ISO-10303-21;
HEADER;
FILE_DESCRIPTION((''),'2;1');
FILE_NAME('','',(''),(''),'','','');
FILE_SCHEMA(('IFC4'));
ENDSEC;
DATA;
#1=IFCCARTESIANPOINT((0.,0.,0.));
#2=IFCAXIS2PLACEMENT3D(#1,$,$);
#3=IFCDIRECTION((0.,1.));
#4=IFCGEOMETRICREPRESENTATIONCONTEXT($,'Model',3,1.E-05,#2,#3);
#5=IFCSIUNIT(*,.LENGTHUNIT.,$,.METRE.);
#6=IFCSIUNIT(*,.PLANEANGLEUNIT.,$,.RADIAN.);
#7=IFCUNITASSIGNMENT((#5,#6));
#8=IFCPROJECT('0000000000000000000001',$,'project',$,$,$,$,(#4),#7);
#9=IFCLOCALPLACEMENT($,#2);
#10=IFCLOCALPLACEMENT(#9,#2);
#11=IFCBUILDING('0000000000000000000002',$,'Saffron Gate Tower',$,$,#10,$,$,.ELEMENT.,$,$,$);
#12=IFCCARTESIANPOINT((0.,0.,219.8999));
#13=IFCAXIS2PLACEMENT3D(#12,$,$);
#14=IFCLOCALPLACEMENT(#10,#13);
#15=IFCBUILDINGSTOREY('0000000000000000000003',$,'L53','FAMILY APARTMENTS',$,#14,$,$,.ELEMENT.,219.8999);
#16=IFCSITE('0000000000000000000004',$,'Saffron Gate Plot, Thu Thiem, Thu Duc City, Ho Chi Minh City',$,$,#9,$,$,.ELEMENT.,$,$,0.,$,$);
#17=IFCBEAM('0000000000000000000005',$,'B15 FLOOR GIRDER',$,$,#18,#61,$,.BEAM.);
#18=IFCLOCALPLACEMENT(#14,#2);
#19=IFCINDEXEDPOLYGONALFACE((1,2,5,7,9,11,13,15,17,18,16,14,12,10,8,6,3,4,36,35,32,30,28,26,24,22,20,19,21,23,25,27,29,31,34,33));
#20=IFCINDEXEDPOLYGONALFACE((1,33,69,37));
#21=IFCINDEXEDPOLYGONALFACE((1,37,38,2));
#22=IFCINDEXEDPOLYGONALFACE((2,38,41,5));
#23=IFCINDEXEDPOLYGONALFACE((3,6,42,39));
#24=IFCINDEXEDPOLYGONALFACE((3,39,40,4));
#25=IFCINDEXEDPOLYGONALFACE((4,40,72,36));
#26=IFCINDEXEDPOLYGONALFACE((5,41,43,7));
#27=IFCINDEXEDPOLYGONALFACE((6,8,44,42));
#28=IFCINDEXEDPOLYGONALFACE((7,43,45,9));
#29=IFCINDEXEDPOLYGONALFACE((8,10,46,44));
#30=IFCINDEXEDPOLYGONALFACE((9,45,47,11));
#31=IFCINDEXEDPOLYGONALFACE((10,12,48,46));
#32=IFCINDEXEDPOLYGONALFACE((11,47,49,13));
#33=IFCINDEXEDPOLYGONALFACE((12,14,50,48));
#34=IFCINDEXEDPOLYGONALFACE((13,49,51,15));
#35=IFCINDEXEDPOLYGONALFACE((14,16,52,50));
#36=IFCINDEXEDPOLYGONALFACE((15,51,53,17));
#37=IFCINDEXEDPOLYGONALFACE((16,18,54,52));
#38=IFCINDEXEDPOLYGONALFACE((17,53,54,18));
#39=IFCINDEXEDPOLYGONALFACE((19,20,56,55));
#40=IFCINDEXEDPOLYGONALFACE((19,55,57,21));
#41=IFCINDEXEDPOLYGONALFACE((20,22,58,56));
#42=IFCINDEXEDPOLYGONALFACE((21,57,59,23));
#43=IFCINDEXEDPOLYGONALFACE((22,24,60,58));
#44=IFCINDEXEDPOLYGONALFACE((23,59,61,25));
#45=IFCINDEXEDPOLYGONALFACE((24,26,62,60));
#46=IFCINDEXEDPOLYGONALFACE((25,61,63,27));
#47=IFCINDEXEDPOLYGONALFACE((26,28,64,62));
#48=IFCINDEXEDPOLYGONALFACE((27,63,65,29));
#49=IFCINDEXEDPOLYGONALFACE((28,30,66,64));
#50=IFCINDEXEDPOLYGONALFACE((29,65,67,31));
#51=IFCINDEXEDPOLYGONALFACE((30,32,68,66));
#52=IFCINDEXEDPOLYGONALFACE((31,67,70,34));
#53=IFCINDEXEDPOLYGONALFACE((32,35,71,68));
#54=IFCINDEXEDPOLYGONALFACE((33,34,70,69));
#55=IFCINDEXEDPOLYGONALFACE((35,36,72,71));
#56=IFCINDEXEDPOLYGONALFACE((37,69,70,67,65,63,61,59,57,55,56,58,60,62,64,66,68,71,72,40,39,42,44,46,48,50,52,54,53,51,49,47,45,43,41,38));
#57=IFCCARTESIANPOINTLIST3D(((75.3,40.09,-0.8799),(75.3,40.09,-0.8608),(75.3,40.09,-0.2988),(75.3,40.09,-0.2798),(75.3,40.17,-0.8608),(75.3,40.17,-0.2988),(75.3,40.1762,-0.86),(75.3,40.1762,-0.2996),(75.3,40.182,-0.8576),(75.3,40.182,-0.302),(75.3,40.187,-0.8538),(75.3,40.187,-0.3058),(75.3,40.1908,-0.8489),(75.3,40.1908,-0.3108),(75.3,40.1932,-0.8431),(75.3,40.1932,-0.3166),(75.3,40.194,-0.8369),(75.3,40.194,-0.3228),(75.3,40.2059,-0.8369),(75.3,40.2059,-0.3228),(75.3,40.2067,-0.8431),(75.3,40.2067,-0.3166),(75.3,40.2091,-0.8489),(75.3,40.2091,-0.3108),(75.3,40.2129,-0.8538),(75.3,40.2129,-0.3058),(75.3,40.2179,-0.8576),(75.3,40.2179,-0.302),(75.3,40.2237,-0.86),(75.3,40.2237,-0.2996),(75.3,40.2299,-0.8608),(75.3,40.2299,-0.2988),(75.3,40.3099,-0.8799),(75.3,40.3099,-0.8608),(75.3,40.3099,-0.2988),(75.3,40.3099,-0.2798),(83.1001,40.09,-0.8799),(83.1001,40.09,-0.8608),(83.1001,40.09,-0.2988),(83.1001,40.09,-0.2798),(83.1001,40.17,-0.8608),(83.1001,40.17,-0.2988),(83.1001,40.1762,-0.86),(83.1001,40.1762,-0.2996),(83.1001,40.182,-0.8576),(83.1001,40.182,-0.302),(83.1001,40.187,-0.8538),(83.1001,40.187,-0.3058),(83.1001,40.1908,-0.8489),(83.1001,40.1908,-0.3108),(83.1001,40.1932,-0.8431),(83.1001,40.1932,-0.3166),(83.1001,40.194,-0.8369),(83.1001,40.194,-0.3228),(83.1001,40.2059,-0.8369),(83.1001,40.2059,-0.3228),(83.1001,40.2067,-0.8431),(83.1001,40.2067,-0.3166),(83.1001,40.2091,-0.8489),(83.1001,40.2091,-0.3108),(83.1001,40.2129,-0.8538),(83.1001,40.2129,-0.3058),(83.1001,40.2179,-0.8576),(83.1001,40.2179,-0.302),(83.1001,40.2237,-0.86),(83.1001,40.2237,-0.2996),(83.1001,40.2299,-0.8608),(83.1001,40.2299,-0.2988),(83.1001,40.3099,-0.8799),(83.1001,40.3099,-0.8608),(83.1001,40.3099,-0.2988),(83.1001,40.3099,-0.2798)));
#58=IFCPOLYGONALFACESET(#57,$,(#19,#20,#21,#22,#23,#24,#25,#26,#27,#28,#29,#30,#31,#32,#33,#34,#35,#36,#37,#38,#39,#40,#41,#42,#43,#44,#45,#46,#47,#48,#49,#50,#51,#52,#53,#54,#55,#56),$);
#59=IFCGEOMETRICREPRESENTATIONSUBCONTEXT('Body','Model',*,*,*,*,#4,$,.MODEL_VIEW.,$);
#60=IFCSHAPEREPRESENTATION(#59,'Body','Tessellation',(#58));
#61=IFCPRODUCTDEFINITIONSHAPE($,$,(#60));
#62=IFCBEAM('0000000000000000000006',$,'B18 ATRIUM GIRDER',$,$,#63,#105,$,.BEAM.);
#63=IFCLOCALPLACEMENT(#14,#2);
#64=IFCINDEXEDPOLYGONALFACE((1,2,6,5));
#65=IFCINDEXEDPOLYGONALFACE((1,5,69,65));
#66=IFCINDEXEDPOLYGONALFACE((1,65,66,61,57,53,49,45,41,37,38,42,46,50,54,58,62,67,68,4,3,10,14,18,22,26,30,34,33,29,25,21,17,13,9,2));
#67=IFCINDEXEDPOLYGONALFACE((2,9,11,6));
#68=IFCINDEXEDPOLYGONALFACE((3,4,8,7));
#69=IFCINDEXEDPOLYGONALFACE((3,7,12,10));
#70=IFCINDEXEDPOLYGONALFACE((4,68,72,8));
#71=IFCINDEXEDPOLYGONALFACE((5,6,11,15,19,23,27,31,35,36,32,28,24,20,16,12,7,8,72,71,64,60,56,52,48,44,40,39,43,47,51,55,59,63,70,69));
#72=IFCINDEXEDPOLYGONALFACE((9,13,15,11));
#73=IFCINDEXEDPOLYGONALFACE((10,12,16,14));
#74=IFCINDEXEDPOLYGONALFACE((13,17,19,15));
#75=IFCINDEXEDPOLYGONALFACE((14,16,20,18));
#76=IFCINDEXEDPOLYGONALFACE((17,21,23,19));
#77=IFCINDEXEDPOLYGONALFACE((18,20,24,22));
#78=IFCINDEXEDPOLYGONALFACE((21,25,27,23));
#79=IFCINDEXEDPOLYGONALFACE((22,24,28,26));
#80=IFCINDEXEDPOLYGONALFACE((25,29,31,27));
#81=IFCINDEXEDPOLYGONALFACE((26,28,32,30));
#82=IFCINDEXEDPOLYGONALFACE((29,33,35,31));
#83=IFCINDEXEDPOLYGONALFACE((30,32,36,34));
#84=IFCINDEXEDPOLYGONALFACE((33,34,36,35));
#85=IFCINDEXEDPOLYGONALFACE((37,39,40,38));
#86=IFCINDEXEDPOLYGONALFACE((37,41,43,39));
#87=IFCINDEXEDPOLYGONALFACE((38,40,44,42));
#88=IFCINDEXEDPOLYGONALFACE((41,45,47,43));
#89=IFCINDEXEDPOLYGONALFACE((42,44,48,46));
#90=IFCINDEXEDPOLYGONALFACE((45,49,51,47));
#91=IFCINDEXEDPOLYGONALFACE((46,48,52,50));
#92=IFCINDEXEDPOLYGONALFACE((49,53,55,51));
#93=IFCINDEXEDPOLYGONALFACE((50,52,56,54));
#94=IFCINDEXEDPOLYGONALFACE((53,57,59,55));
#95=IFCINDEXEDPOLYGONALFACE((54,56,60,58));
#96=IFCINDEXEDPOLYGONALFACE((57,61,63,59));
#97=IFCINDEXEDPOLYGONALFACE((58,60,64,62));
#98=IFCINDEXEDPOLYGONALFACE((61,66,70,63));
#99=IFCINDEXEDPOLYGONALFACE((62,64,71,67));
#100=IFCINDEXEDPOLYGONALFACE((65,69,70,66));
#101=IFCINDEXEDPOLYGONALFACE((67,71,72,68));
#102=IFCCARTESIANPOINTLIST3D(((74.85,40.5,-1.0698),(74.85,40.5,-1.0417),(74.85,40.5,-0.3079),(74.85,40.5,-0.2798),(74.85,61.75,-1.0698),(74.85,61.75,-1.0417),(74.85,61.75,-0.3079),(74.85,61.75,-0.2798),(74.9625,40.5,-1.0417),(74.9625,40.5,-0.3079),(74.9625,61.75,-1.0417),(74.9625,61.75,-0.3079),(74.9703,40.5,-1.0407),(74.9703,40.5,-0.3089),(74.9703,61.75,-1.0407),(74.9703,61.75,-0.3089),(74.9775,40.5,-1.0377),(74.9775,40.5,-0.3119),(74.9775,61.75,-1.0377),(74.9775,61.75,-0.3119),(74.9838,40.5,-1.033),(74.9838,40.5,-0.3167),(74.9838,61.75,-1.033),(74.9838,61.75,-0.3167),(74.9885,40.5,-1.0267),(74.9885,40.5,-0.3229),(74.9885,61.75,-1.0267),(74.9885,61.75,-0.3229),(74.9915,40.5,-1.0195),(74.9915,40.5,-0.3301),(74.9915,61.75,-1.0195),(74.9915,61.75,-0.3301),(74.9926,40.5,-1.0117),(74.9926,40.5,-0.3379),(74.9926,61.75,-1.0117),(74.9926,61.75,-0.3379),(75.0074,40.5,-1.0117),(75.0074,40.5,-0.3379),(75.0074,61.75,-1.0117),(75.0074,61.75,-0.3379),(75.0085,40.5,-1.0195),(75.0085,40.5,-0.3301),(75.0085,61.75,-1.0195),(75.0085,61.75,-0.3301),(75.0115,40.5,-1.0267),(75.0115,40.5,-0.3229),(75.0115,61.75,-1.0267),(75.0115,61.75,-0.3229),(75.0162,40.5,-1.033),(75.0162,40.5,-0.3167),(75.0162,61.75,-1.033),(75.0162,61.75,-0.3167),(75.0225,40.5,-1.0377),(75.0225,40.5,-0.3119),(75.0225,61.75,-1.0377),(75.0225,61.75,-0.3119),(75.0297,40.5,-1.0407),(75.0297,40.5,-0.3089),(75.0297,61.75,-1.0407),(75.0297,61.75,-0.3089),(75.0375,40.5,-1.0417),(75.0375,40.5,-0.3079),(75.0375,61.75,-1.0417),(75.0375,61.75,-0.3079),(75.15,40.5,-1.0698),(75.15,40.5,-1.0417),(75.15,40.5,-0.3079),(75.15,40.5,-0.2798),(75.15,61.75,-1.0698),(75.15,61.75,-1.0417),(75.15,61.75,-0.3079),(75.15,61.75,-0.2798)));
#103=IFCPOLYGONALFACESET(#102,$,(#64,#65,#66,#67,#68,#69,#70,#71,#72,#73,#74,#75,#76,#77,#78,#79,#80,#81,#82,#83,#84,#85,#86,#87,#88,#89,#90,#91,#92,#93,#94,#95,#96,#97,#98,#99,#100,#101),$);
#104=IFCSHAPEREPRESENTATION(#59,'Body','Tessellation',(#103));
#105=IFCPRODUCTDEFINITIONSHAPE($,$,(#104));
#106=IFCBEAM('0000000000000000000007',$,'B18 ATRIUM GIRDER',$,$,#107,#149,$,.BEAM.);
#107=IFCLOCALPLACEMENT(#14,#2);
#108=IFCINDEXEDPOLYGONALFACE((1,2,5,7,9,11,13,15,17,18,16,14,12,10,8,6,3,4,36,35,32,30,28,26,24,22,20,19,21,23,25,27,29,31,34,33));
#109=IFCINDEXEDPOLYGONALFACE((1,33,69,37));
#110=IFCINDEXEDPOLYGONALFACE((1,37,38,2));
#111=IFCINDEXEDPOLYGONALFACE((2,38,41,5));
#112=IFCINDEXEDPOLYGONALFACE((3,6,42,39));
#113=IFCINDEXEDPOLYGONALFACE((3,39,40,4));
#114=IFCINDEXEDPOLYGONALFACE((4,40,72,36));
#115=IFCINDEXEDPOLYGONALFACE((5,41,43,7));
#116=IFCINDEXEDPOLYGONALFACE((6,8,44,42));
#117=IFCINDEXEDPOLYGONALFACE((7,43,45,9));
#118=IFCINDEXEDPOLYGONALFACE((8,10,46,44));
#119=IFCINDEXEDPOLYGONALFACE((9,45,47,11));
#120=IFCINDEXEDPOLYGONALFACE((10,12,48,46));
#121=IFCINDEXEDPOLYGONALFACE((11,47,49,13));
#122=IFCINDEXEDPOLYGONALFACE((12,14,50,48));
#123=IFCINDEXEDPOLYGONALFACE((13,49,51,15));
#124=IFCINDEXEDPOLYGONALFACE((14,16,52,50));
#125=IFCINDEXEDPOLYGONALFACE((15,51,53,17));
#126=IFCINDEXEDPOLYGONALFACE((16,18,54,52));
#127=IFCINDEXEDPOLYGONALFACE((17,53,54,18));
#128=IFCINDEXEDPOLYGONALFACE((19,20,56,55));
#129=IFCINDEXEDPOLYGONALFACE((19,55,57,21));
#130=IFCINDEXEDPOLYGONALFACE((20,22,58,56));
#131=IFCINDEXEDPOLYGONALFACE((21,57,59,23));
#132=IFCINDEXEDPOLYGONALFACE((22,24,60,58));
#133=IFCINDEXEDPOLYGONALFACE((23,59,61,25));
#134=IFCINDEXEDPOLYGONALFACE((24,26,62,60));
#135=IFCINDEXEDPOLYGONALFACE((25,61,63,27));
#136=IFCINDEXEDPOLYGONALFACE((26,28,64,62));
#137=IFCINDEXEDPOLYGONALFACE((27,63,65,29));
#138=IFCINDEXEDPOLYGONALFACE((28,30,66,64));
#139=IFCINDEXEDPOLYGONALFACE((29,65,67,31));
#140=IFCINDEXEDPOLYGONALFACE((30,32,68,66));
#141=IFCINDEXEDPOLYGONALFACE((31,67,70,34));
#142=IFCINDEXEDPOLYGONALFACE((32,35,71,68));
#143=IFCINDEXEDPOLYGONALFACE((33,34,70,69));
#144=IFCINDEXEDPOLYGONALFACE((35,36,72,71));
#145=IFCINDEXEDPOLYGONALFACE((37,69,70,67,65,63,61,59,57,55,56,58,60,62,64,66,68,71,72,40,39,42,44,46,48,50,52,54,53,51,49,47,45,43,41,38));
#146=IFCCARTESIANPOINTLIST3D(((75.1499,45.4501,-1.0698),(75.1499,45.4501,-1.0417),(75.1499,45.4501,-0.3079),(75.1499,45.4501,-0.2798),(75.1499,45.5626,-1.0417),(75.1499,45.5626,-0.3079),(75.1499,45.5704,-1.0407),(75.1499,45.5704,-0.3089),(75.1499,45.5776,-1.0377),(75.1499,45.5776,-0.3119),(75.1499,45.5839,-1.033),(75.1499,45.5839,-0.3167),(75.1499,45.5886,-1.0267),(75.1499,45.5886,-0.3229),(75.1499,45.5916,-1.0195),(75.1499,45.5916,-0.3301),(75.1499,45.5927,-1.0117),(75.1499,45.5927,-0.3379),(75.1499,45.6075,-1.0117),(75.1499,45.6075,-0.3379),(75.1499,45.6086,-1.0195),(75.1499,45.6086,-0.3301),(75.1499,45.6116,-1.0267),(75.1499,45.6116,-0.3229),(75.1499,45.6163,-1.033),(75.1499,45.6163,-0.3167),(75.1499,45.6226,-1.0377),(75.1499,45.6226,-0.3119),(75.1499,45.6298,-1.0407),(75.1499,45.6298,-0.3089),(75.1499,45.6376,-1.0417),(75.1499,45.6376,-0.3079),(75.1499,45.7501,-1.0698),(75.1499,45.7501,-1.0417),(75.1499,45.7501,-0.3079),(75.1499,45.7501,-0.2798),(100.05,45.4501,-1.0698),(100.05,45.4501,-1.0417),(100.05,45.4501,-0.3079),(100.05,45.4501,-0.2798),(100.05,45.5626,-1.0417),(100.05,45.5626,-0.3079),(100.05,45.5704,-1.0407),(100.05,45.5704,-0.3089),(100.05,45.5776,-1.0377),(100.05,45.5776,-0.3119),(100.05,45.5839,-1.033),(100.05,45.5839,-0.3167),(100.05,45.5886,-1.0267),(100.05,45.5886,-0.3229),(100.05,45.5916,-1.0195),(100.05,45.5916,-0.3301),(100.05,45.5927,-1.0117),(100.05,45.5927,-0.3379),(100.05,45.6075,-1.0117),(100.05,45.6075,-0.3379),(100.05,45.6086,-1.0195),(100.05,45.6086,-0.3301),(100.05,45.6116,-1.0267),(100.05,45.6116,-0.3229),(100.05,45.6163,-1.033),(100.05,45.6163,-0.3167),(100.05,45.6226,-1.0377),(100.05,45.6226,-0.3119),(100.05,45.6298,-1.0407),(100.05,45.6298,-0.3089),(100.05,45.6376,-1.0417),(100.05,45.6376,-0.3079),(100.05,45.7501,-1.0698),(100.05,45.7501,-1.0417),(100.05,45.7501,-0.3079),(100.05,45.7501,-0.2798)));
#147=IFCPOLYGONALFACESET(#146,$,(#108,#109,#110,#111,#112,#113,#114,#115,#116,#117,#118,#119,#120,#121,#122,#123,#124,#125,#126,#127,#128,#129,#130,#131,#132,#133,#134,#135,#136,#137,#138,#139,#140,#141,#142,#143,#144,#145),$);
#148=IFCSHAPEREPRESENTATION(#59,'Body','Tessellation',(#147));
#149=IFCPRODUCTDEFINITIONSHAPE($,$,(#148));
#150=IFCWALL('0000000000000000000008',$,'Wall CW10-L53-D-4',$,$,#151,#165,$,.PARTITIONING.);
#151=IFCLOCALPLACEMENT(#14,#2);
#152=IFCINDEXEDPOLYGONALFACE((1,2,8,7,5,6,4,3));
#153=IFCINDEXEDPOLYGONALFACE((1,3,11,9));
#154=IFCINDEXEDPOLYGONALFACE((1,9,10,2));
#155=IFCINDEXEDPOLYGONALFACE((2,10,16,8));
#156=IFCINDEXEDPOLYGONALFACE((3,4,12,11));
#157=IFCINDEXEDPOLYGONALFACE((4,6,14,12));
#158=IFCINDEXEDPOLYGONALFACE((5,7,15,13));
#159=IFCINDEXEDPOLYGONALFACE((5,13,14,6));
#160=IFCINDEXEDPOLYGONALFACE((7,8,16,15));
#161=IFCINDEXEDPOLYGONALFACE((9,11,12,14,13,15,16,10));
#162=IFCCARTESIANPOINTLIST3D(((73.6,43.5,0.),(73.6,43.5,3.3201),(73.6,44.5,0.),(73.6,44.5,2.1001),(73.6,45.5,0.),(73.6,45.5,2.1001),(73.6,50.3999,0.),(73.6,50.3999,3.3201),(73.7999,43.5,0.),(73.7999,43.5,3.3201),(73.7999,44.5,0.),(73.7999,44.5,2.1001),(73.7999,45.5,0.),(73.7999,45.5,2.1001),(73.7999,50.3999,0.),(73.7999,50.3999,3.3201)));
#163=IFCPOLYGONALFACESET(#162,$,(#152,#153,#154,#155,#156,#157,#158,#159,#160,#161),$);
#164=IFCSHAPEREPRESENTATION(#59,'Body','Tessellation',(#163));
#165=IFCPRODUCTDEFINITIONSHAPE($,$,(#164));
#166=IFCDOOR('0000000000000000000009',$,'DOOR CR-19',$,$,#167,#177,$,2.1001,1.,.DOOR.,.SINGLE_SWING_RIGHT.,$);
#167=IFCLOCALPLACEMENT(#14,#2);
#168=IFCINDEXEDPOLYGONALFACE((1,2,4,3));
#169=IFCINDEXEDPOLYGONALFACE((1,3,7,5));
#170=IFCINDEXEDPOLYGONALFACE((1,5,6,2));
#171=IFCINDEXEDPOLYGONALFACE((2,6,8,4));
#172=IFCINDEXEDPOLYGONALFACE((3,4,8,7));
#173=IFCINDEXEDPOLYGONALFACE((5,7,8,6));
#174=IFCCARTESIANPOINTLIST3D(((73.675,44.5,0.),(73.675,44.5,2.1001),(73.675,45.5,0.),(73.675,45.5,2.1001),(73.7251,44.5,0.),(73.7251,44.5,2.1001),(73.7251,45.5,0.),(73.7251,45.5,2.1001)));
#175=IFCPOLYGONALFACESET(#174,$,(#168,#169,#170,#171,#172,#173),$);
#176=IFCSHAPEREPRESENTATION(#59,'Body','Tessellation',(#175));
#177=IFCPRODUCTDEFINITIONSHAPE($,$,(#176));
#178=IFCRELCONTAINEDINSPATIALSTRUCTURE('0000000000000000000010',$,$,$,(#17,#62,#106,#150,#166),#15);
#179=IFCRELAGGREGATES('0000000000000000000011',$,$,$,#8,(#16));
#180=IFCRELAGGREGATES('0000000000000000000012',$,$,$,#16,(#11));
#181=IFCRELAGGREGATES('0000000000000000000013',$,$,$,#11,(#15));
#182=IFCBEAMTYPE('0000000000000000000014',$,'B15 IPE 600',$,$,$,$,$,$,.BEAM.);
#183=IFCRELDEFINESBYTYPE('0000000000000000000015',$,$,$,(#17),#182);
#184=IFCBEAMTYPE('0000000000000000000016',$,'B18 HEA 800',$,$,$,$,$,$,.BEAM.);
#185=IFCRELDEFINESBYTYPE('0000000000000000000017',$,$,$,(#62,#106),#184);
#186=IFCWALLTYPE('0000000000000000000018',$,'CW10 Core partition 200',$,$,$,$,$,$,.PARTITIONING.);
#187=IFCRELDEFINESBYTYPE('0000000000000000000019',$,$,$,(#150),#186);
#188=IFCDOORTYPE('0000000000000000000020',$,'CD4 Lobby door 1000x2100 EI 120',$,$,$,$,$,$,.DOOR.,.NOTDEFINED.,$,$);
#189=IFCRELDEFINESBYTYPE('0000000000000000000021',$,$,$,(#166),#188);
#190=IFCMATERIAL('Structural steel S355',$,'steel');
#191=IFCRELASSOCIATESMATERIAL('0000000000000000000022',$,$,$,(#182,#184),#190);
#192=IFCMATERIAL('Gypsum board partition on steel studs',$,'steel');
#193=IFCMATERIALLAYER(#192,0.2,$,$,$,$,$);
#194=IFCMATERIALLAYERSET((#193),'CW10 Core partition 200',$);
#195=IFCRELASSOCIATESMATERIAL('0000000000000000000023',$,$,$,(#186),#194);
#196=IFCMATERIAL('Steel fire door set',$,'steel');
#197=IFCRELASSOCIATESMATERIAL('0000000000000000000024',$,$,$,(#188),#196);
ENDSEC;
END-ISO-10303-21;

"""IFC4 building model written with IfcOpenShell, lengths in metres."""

from ifc_helpers import new_model, si_unit, direction, frame, frame_2d, origin, origin_2d, place, context, subcontext, project, spatial, rectangle, i_section, extrude, material, layer, layer_set, material_profile, profile_set, type_object, element, fill, save


model = new_model("IFC4")

# Units and contexts
model_context = context("Model", 3, precision=1e-05, world=origin(), true_north=direction((0.0, 1.0)))
body_context = subcontext(model_context, "Body", "Model", "MODEL_VIEW")
ifc_project = project(units=[si_unit("LENGTHUNIT", "METRE"), si_unit("PLANEANGLEUNIT", "RADIAN")], contexts=[model_context])

# Site, building, storey
site_placement = place(None, origin())
site = spatial("IfcSite", under=ifc_project, at=site_placement, Name="Saffron Gate Plot, Thu Thiem, Thu Duc City, Ho Chi Minh City", CompositionType="ELEMENT", RefElevation=0.0)
building_placement = place(site_placement, origin())
building = spatial("IfcBuilding", under=site, at=building_placement, Name="Saffron Gate Tower", CompositionType="ELEMENT")
storey_placement = place(building_placement, frame((0.0, 0.0, 219.8999)))
storey = spatial("IfcBuildingStorey", under=building, at=storey_placement, Name="L53", Description="FAMILY APARTMENTS", CompositionType="ELEMENT", Elevation=219.8999)

# Beams
ifc_material_1 = material(Name="Structural steel S355", Category="steel")
ifc_material_profile_1 = material_profile(ifc_material_1, i_section(OverallWidth=0.22, OverallDepth=0.6001, WebThickness=0.012, FlangeThickness=0.019, FilletRadius=0.0239, at=origin_2d()))
ifc_profile_set_1 = profile_set([ifc_material_profile_1], Name="Structural steel S355")
beam_type_1 = type_object("IfcBeamType", Name="B15 IPE 600", PredefinedType="BEAM", material=ifc_profile_set_1)
beam_1_placement = place(storey_placement, frame((75.3, 40.2, -0.5798), z_axis=(1.0, 0.0, 0.0), x_axis=(0.0, 1.0, 0.0)))
element("IfcBeam", 1, at=beam_1_placement, inside=storey, type_object=beam_type_1, Name="B15 FLOOR GIRDER", PredefinedType="BEAM", context=body_context, shape_type="SweptSolid", body=[
    extrude(i_section(OverallWidth=0.22, OverallDepth=0.6001, WebThickness=0.012, FlangeThickness=0.019, FilletRadius=0.0239, at=origin_2d()), origin(), (0.0, 0.0, 1.0), 7.8),
])
ifc_material_profile_2 = material_profile(ifc_material_1, i_section(OverallWidth=0.3, OverallDepth=0.79, WebThickness=0.0149, FlangeThickness=0.0281, FilletRadius=0.03, at=origin_2d()))
ifc_profile_set_2 = profile_set([ifc_material_profile_2], Name="Structural steel S355")
beam_type_2 = type_object("IfcBeamType", Name="B18 HEA 800", PredefinedType="BEAM", material=ifc_profile_set_2)
beam_2_placement = place(storey_placement, frame((75.0, 40.5, -0.6748), z_axis=(0.0, 1.0, 0.0), x_axis=(-1.0, 0.0, 0.0)))
element("IfcBeam", 2, at=beam_2_placement, inside=storey, type_object=beam_type_2, Name="B18 ATRIUM GIRDER", PredefinedType="BEAM", context=body_context, shape_type="SweptSolid", body=[
    extrude(i_section(OverallWidth=0.3, OverallDepth=0.79, WebThickness=0.0149, FlangeThickness=0.0281, FilletRadius=0.03, at=origin_2d()), origin(), (0.0, 0.0, 1.0), 21.25),
])
beam_3_placement = place(storey_placement, frame((75.1499, 45.6001, -0.6748), z_axis=(1.0, 0.0, 0.0), x_axis=(0.0, 1.0, 0.0)))
element("IfcBeam", 3, at=beam_3_placement, inside=storey, type_object=beam_type_2, Name="B18 ATRIUM GIRDER", PredefinedType="BEAM", context=body_context, shape_type="SweptSolid", body=[
    extrude(i_section(OverallWidth=0.3, OverallDepth=0.79, WebThickness=0.0149, FlangeThickness=0.0281, FilletRadius=0.03, at=origin_2d()), origin(), (0.0, 0.0, 1.0), 24.9001),
])

# Wall, opening, door
ifc_material_2 = material(Name="Gypsum board partition on steel studs", Category="steel")
ifc_layer_1 = layer(ifc_material_2, 0.2)
ifc_layer_set_1 = layer_set([ifc_layer_1], Name="CW10 Core partition 200")
wall_type_1 = type_object("IfcWallType", Name="CW10 Core partition 200", PredefinedType="PARTITIONING", material=ifc_layer_set_1)
wall_1_placement = place(storey_placement, frame((73.7, 43.5, 0.0), z_axis=(0.0, 0.0, 1.0), x_axis=(0.0, 1.0, 0.0)))
wall_1 = element("IfcWall", 4, at=wall_1_placement, inside=storey, type_object=wall_type_1, Name="Wall CW10-L53-D-4", PredefinedType="PARTITIONING", context=body_context, shape_type="SweptSolid", body=[
    extrude(rectangle(XDim=6.8999, YDim=0.2, at=frame_2d((3.45, 0.0))), origin(), (0.0, 0.0, 1.0), 3.3201),
])
opening_1_placement = place(wall_1_placement, frame((1.0, 0.0, 0.0)))
opening_1 = element("IfcOpeningElement", 5, at=opening_1_placement, cuts=wall_1, PredefinedType="OPENING", context=body_context, shape_type="SweptSolid", body=[
    extrude(rectangle(XDim=1.0, YDim=2.1001, at=frame_2d((0.5, 1.05))), frame((0.0, 0.1099, 0.0), z_axis=(0.0, -1.0, 0.0), x_axis=(1.0, 0.0, 0.0)), (0.0, 0.0, 1.0), 0.22),
])
ifc_material_3 = material(Name="Steel fire door set", Category="steel")
door_type_1 = type_object("IfcDoorType", Name="CD4 Lobby door 1000x2100 EI 120", OperationType="NOTDEFINED", PredefinedType="DOOR", material=ifc_material_3)
door_1_placement = place(opening_1_placement, origin())
door_1 = element("IfcDoor", 6, at=door_1_placement, inside=storey, type_object=door_type_1, Name="DOOR CR-19", OperationType="SINGLE_SWING_RIGHT", OverallHeight=2.1001, OverallWidth=1.0, PredefinedType="DOOR", context=body_context, shape_type="SweptSolid", body=[
    extrude(rectangle(XDim=1.0, YDim=2.1001, at=frame_2d((0.5, 1.05))), frame((0.0, 0.0249, 0.0), z_axis=(0.0, -1.0, 0.0), x_axis=(1.0, 0.0, 0.0)), (0.0, 0.0, 1.0), 0.05),
])
fill(opening_1, door_1)

save(model, "model.ifc")
